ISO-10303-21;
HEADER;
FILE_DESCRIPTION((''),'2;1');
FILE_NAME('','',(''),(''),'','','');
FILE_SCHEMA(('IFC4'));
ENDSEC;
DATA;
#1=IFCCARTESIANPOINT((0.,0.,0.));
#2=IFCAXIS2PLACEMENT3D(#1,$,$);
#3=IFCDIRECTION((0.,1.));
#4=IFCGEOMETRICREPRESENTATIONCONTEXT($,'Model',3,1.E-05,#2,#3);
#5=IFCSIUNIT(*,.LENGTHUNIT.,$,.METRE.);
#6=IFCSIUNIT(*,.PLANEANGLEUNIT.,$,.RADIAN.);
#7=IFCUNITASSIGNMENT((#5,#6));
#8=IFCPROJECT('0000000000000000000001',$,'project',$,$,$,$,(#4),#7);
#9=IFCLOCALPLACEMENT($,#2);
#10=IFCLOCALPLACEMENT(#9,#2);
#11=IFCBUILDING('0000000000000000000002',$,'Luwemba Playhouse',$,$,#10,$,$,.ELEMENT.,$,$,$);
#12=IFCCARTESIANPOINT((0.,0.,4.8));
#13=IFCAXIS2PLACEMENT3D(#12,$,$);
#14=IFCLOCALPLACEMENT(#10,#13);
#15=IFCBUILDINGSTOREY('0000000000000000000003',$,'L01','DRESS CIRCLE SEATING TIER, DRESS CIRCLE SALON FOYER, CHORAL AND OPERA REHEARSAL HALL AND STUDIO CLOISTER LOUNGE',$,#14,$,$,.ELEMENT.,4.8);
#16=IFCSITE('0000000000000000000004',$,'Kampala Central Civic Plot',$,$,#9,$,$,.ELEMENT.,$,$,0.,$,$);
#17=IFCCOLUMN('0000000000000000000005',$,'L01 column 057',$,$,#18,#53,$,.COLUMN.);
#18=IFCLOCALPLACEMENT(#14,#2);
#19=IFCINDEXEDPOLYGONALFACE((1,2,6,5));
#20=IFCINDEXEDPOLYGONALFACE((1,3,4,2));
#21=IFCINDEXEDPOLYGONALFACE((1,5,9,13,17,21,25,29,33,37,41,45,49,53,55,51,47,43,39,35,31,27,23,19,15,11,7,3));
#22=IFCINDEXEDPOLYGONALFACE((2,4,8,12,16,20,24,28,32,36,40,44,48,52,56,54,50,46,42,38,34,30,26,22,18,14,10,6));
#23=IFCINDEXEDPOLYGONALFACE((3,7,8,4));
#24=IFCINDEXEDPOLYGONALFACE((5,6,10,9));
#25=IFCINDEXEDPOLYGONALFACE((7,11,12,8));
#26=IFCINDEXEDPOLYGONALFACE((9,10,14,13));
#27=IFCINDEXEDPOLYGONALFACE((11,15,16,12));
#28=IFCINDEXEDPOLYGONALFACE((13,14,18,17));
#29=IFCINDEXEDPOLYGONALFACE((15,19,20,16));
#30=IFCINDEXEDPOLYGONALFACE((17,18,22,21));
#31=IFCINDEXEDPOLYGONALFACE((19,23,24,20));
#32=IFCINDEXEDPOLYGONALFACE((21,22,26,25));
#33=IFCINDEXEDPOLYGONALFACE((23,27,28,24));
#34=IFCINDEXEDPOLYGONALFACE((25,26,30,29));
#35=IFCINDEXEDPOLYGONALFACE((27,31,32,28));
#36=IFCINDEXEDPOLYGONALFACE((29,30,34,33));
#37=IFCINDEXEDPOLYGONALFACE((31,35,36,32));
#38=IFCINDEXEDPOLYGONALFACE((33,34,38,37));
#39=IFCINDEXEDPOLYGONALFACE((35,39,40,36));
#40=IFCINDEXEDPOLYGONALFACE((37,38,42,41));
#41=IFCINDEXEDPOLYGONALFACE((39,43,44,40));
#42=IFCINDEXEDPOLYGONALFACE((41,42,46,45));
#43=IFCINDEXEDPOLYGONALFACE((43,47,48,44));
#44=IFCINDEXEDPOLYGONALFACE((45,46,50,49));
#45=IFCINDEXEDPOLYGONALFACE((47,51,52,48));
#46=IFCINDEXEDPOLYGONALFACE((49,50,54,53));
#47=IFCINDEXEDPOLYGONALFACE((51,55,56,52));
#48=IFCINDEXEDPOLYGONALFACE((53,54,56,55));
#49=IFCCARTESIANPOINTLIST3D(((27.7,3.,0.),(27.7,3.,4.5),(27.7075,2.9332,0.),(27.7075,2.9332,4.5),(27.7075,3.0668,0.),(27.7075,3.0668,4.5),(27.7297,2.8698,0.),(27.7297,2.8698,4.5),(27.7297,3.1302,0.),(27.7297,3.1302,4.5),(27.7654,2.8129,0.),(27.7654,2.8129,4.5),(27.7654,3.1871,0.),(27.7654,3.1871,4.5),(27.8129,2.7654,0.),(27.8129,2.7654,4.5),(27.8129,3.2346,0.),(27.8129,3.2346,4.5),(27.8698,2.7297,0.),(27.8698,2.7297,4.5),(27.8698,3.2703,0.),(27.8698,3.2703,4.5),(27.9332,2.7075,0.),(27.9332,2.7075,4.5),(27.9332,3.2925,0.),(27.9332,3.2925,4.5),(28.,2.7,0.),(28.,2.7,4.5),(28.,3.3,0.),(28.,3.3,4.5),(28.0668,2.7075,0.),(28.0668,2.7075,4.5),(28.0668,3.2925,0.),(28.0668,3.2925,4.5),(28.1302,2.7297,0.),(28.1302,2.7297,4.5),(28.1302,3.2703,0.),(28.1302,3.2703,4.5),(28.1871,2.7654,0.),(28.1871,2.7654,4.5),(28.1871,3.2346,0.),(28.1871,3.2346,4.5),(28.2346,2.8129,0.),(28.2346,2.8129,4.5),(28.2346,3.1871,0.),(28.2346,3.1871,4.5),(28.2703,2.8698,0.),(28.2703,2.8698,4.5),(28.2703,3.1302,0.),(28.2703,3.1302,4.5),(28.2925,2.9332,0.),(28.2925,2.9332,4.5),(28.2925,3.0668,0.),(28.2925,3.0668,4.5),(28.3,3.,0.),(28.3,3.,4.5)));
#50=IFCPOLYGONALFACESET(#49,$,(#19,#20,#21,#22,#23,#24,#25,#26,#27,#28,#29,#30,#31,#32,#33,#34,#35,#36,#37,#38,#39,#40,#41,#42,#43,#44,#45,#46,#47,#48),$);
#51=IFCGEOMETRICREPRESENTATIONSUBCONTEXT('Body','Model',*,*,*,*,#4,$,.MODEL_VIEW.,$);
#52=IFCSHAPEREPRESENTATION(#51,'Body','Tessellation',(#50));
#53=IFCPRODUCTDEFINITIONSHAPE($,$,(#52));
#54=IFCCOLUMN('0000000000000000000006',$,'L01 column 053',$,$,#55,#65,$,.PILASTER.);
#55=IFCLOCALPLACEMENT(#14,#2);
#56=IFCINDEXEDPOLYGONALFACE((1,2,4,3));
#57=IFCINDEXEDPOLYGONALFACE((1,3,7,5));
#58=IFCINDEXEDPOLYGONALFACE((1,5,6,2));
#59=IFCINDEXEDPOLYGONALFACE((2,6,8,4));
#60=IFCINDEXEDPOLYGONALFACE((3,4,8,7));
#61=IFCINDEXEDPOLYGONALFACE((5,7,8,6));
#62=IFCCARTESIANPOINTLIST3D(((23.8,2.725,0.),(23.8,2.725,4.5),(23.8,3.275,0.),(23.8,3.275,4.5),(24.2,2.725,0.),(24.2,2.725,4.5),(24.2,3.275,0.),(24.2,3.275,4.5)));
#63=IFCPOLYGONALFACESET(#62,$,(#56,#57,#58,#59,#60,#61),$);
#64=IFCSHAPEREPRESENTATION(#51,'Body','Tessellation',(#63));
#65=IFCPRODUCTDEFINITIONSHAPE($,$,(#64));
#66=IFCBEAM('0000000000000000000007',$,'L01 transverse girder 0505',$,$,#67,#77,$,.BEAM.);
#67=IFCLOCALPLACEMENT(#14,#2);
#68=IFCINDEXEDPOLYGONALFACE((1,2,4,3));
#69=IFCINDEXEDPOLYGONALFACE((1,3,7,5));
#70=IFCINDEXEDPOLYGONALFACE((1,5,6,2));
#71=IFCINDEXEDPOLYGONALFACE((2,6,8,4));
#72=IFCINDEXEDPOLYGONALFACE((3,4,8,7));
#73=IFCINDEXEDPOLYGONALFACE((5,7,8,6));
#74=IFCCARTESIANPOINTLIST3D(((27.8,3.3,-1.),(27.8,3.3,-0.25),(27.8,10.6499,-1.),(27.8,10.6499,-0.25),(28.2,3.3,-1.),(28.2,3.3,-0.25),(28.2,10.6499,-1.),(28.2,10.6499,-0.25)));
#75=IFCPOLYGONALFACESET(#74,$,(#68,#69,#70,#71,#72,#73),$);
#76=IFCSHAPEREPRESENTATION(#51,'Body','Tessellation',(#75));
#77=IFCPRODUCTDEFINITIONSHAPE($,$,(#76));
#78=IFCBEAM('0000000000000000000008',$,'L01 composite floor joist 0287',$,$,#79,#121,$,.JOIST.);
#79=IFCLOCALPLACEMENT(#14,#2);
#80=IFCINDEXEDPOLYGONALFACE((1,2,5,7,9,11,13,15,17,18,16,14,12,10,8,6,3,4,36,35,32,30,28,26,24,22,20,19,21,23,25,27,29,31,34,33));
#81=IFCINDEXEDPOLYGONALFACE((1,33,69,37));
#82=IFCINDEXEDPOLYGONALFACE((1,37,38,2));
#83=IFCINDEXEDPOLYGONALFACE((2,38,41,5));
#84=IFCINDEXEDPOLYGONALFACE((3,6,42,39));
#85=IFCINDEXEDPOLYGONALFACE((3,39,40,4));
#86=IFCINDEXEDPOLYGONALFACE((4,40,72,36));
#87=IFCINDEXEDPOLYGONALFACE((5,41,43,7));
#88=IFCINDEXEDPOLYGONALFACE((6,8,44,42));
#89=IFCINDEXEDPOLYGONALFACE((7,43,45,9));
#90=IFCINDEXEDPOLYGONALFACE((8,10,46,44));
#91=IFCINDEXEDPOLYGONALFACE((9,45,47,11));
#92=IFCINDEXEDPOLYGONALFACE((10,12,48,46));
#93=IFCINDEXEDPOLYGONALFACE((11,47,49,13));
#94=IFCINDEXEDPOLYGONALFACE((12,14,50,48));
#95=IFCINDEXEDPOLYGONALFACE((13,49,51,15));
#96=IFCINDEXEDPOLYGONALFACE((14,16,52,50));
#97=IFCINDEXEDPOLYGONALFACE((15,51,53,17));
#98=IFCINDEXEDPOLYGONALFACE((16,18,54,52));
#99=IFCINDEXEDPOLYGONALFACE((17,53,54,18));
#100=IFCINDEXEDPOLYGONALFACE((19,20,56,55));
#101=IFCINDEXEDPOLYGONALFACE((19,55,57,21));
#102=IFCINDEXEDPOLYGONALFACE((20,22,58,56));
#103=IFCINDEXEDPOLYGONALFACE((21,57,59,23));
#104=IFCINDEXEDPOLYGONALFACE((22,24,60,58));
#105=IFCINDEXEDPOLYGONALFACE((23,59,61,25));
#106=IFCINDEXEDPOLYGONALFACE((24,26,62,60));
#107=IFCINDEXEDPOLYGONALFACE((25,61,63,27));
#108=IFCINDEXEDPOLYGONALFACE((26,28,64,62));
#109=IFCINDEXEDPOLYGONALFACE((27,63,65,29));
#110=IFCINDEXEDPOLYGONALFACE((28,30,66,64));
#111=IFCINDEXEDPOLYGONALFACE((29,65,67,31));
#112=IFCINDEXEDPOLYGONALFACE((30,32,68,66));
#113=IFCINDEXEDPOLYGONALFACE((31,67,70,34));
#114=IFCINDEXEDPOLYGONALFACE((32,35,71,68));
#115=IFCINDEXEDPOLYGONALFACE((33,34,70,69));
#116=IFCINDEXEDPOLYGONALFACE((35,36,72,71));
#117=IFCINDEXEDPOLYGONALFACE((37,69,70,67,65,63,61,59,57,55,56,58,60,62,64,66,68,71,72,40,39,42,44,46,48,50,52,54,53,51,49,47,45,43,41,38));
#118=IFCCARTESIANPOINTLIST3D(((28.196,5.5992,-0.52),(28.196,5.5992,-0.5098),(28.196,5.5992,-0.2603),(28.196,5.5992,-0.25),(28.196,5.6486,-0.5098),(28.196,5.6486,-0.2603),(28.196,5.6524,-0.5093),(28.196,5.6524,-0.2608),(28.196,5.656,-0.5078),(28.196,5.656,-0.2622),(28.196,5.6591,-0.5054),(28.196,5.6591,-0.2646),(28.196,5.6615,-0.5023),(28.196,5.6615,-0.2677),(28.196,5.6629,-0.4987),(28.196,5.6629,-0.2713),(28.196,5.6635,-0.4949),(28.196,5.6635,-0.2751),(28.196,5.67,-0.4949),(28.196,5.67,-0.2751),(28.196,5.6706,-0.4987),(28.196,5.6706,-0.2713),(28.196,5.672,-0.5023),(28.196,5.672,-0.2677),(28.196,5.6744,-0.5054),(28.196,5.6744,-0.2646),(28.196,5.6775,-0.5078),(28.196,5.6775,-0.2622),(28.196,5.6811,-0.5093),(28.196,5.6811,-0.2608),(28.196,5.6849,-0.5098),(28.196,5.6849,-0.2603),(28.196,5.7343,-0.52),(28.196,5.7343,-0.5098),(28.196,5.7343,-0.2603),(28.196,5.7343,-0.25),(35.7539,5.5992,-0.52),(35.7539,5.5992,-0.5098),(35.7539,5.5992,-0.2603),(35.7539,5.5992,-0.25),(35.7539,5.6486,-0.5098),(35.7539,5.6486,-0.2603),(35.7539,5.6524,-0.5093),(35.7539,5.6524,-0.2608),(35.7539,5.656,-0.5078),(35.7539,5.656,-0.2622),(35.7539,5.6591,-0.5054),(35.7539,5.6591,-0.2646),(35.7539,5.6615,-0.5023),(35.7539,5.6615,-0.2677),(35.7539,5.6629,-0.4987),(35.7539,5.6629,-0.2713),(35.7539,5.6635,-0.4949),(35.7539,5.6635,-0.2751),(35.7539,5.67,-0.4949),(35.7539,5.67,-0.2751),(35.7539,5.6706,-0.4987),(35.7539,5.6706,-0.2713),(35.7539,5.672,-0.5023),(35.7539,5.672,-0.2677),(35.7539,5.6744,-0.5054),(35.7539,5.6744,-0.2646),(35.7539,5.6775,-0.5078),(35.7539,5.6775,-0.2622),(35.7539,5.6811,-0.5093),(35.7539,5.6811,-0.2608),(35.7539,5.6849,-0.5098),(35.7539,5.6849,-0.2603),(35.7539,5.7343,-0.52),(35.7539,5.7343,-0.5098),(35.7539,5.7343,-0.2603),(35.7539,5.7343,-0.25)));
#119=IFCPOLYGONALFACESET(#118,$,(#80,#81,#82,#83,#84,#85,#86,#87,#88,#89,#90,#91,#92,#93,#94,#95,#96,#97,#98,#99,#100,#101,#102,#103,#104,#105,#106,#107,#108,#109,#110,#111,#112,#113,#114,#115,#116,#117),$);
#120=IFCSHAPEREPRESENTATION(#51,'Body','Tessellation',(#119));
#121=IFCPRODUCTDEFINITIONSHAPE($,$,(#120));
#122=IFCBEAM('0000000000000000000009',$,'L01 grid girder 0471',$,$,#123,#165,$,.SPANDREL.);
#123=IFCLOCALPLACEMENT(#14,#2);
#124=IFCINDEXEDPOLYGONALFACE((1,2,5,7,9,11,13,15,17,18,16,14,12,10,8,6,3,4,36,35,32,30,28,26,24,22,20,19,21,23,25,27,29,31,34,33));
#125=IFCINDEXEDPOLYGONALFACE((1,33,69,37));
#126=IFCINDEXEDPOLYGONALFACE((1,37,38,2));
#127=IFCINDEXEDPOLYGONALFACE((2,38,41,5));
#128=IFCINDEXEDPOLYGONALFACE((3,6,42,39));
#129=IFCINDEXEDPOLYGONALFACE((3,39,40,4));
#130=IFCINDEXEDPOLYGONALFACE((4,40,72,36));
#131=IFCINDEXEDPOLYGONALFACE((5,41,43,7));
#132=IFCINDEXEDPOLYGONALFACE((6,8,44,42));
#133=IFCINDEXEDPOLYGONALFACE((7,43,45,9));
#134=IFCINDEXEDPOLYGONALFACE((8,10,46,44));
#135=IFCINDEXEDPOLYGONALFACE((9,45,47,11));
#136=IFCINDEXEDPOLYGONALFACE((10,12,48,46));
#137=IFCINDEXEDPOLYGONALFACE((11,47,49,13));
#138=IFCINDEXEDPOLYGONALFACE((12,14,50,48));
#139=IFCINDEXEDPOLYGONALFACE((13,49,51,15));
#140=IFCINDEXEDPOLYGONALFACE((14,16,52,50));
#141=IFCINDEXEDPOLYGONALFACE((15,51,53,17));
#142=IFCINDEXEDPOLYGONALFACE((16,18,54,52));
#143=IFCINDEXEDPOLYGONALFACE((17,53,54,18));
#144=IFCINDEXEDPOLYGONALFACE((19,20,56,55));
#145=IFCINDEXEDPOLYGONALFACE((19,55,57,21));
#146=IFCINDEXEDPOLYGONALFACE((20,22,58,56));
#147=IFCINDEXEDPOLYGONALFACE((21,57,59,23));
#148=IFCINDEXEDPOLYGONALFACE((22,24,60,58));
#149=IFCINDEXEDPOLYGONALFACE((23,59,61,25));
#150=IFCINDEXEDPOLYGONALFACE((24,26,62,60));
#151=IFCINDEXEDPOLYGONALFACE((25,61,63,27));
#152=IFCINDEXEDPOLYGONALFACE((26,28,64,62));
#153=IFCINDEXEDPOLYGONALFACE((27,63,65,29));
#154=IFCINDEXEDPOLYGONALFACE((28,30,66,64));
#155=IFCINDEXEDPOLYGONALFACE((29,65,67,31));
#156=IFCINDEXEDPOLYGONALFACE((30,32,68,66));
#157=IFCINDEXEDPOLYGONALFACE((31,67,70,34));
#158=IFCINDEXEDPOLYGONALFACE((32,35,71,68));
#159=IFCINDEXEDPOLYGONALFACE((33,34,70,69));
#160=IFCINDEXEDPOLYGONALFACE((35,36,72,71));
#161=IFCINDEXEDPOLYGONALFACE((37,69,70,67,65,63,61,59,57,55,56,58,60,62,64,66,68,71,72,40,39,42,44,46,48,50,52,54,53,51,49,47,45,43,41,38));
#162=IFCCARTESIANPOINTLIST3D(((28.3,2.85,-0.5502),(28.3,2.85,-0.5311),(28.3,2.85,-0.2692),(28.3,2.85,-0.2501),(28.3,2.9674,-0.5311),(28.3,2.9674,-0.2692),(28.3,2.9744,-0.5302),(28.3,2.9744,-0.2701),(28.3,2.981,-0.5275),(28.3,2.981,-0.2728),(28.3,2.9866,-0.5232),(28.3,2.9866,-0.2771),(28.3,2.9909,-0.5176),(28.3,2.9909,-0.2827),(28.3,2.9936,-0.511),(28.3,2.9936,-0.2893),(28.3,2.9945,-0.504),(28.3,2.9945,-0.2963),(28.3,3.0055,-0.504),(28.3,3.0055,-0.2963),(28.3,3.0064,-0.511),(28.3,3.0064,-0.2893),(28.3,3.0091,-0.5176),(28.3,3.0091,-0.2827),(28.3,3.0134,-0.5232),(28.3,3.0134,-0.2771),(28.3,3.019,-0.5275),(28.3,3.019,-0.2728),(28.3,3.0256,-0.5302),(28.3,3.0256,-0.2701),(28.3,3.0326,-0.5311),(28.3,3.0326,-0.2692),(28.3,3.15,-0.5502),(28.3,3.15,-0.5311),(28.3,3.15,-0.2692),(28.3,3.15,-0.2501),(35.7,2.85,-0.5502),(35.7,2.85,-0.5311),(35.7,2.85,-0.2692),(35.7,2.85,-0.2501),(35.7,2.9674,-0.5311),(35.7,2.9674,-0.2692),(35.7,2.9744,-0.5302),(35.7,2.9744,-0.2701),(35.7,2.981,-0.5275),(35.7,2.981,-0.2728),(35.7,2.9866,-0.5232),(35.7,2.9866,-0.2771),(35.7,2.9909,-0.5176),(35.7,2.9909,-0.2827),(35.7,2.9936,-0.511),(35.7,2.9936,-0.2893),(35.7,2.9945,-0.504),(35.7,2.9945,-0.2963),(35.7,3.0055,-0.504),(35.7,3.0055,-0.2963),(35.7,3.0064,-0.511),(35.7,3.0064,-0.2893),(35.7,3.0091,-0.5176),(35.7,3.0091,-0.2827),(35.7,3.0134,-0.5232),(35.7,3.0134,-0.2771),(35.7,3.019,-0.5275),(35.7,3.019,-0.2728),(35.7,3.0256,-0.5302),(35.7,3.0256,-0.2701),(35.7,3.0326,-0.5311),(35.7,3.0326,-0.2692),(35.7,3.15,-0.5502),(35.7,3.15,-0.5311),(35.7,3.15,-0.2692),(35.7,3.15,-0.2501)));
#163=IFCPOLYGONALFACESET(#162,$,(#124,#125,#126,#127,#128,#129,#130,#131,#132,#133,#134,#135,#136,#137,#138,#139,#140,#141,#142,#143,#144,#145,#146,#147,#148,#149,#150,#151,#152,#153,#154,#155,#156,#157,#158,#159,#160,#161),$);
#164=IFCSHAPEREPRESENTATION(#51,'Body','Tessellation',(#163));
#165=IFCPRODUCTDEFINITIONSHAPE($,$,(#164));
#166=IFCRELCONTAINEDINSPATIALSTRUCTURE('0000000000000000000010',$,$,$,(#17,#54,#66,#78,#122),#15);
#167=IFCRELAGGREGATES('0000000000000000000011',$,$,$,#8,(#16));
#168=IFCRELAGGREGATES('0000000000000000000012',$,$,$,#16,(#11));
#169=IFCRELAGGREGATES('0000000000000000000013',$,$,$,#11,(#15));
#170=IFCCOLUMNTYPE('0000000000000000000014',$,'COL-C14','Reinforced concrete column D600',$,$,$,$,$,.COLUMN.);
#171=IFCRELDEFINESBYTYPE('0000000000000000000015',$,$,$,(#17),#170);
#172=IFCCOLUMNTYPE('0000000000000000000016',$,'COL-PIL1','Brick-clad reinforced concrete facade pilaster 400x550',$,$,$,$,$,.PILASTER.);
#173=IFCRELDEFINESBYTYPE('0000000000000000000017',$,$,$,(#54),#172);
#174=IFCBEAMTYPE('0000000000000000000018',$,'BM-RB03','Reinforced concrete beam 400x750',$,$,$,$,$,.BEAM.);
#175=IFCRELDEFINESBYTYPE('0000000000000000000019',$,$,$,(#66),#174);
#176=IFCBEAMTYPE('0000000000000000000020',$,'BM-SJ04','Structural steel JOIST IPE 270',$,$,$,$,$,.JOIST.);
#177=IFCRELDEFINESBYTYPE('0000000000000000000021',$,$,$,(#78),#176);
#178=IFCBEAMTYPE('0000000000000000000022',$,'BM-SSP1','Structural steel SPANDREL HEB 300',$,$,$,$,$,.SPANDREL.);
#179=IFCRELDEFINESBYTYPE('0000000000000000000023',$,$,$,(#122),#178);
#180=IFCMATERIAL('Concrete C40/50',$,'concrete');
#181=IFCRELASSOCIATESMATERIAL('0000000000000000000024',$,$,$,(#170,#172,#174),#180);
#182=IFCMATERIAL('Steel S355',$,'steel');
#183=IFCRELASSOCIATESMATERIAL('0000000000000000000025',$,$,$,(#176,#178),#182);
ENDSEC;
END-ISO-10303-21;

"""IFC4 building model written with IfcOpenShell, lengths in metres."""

from ifc_helpers import new_model, si_unit, direction, frame, origin, origin_2d, place, context, subcontext, project, spatial, rectangle, circle, i_section, extrude, material, material_profile, profile_set, type_object, element, save


model = new_model("IFC4")

# Units and contexts
model_context = context("Model", 3, precision=1e-05, world=origin(), true_north=direction((0.0, 1.0)))
body_context = subcontext(model_context, "Body", "Model", "MODEL_VIEW")
ifc_project = project(units=[si_unit("LENGTHUNIT", "METRE"), si_unit("PLANEANGLEUNIT", "RADIAN")], contexts=[model_context])

# Site, building, storey
site_placement = place(None, origin())
site = spatial("IfcSite", under=ifc_project, at=site_placement, Name="Kampala Central Civic Plot", CompositionType="ELEMENT", RefElevation=0.0)
building_placement = place(site_placement, origin())
building = spatial("IfcBuilding", under=site, at=building_placement, Name="Luwemba Playhouse", CompositionType="ELEMENT")
storey_placement = place(building_placement, frame((0.0, 0.0, 4.8)))
storey = spatial("IfcBuildingStorey", under=building, at=storey_placement, Name="L01", Description="DRESS CIRCLE SEATING TIER, DRESS CIRCLE SALON FOYER, CHORAL AND OPERA REHEARSAL HALL AND STUDIO CLOISTER LOUNGE", CompositionType="ELEMENT", Elevation=4.8)

# Columns
ifc_material_1 = material(Name="Concrete C40/50", Category="concrete")
ifc_material_profile_1 = material_profile(ifc_material_1, circle(Radius=0.3, at=origin_2d()))
ifc_profile_set_1 = profile_set([ifc_material_profile_1], Name="Concrete C40/50")
column_type_1 = type_object("IfcColumnType", Name="COL-C14", Description="Reinforced concrete column D600", PredefinedType="COLUMN", material=ifc_profile_set_1)
column_1_placement = place(storey_placement, frame((28.0, 3.0, 0.0), z_axis=(0.0, 0.0, 1.0), x_axis=(1.0, 0.0, 0.0)))
element("IfcColumn", 1, at=column_1_placement, inside=storey, type_object=column_type_1, Name="L01 column 057", PredefinedType="COLUMN", context=body_context, shape_type="SweptSolid", body=[
    extrude(circle(Radius=0.3, at=origin_2d()), origin(), (0.0, 0.0, 1.0), 4.5),
])
ifc_material_profile_2 = material_profile(ifc_material_1, rectangle(XDim=0.3999, YDim=0.55, at=origin_2d()))
ifc_profile_set_2 = profile_set([ifc_material_profile_2], Name="Concrete C40/50")
column_type_2 = type_object("IfcColumnType", Name="COL-PIL1", Description="Brick-clad reinforced concrete facade pilaster 400x550", PredefinedType="PILASTER", material=ifc_profile_set_2)
column_2_placement = place(storey_placement, frame((24.0, 3.0, 0.0), z_axis=(0.0, 0.0, 1.0), x_axis=(1.0, 0.0, 0.0)))
element("IfcColumn", 2, at=column_2_placement, inside=storey, type_object=column_type_2, Name="L01 column 053", PredefinedType="PILASTER", context=body_context, shape_type="SweptSolid", body=[
    extrude(rectangle(XDim=0.3999, YDim=0.55, at=origin_2d()), origin(), (0.0, 0.0, 1.0), 4.5),
])

# Beams
ifc_material_profile_3 = material_profile(ifc_material_1, rectangle(XDim=0.3999, YDim=0.75, at=origin_2d()))
ifc_profile_set_3 = profile_set([ifc_material_profile_3], Name="Concrete C40/50")
beam_type_1 = type_object("IfcBeamType", Name="BM-RB03", Description="Reinforced concrete beam 400x750", PredefinedType="BEAM", material=ifc_profile_set_3)
beam_1_placement = place(storey_placement, frame((28.0, 3.3, -0.625), z_axis=(0.0, 1.0, 0.0), x_axis=(-1.0, 0.0, 0.0)))
element("IfcBeam", 3, at=beam_1_placement, inside=storey, type_object=beam_type_1, Name="L01 transverse girder 0505", PredefinedType="BEAM", context=body_context, shape_type="SweptSolid", body=[
    extrude(rectangle(XDim=0.3999, YDim=0.75, at=origin_2d()), origin(), (0.0, 0.0, 1.0), 7.3499),
])
ifc_material_2 = material(Name="Steel S355", Category="steel")
ifc_material_profile_4 = material_profile(ifc_material_2, i_section(OverallWidth=0.135, OverallDepth=0.27, WebThickness=0.0066, FlangeThickness=0.0103, FilletRadius=0.0149, at=origin_2d()))
ifc_profile_set_4 = profile_set([ifc_material_profile_4], Name="Steel S355")
beam_type_2 = type_object("IfcBeamType", Name="BM-SJ04", Description="Structural steel JOIST IPE 270", PredefinedType="JOIST", material=ifc_profile_set_4)
beam_2_placement = place(storey_placement, frame((28.196, 5.6667, -0.385), z_axis=(1.0, 0.0, 0.0), x_axis=(0.0, 1.0, 0.0)))
element("IfcBeam", 4, at=beam_2_placement, inside=storey, type_object=beam_type_2, Name="L01 composite floor joist 0287", PredefinedType="JOIST", context=body_context, shape_type="SweptSolid", body=[
    extrude(i_section(OverallWidth=0.135, OverallDepth=0.27, WebThickness=0.0066, FlangeThickness=0.0103, FilletRadius=0.0149, at=origin_2d()), origin(), (0.0, 0.0, 1.0), 7.5579),
])
ifc_material_profile_5 = material_profile(ifc_material_2, i_section(OverallWidth=0.3, OverallDepth=0.3, WebThickness=0.011, FlangeThickness=0.019, FilletRadius=0.0271, at=origin_2d()))
ifc_profile_set_5 = profile_set([ifc_material_profile_5], Name="Steel S355")
beam_type_3 = type_object("IfcBeamType", Name="BM-SSP1", Description="Structural steel SPANDREL HEB 300", PredefinedType="SPANDREL", material=ifc_profile_set_5)
beam_3_placement = place(storey_placement, frame((28.3, 3.0, -0.4001), z_axis=(1.0, 0.0, 0.0), x_axis=(0.0, 1.0, 0.0)))
element("IfcBeam", 5, at=beam_3_placement, inside=storey, type_object=beam_type_3, Name="L01 grid girder 0471", PredefinedType="SPANDREL", context=body_context, shape_type="SweptSolid", body=[
    extrude(i_section(OverallWidth=0.3, OverallDepth=0.3, WebThickness=0.011, FlangeThickness=0.019, FilletRadius=0.0271, at=origin_2d()), origin(), (0.0, 0.0, 1.0), 7.3999),
])

save(model, "model.ifc")
